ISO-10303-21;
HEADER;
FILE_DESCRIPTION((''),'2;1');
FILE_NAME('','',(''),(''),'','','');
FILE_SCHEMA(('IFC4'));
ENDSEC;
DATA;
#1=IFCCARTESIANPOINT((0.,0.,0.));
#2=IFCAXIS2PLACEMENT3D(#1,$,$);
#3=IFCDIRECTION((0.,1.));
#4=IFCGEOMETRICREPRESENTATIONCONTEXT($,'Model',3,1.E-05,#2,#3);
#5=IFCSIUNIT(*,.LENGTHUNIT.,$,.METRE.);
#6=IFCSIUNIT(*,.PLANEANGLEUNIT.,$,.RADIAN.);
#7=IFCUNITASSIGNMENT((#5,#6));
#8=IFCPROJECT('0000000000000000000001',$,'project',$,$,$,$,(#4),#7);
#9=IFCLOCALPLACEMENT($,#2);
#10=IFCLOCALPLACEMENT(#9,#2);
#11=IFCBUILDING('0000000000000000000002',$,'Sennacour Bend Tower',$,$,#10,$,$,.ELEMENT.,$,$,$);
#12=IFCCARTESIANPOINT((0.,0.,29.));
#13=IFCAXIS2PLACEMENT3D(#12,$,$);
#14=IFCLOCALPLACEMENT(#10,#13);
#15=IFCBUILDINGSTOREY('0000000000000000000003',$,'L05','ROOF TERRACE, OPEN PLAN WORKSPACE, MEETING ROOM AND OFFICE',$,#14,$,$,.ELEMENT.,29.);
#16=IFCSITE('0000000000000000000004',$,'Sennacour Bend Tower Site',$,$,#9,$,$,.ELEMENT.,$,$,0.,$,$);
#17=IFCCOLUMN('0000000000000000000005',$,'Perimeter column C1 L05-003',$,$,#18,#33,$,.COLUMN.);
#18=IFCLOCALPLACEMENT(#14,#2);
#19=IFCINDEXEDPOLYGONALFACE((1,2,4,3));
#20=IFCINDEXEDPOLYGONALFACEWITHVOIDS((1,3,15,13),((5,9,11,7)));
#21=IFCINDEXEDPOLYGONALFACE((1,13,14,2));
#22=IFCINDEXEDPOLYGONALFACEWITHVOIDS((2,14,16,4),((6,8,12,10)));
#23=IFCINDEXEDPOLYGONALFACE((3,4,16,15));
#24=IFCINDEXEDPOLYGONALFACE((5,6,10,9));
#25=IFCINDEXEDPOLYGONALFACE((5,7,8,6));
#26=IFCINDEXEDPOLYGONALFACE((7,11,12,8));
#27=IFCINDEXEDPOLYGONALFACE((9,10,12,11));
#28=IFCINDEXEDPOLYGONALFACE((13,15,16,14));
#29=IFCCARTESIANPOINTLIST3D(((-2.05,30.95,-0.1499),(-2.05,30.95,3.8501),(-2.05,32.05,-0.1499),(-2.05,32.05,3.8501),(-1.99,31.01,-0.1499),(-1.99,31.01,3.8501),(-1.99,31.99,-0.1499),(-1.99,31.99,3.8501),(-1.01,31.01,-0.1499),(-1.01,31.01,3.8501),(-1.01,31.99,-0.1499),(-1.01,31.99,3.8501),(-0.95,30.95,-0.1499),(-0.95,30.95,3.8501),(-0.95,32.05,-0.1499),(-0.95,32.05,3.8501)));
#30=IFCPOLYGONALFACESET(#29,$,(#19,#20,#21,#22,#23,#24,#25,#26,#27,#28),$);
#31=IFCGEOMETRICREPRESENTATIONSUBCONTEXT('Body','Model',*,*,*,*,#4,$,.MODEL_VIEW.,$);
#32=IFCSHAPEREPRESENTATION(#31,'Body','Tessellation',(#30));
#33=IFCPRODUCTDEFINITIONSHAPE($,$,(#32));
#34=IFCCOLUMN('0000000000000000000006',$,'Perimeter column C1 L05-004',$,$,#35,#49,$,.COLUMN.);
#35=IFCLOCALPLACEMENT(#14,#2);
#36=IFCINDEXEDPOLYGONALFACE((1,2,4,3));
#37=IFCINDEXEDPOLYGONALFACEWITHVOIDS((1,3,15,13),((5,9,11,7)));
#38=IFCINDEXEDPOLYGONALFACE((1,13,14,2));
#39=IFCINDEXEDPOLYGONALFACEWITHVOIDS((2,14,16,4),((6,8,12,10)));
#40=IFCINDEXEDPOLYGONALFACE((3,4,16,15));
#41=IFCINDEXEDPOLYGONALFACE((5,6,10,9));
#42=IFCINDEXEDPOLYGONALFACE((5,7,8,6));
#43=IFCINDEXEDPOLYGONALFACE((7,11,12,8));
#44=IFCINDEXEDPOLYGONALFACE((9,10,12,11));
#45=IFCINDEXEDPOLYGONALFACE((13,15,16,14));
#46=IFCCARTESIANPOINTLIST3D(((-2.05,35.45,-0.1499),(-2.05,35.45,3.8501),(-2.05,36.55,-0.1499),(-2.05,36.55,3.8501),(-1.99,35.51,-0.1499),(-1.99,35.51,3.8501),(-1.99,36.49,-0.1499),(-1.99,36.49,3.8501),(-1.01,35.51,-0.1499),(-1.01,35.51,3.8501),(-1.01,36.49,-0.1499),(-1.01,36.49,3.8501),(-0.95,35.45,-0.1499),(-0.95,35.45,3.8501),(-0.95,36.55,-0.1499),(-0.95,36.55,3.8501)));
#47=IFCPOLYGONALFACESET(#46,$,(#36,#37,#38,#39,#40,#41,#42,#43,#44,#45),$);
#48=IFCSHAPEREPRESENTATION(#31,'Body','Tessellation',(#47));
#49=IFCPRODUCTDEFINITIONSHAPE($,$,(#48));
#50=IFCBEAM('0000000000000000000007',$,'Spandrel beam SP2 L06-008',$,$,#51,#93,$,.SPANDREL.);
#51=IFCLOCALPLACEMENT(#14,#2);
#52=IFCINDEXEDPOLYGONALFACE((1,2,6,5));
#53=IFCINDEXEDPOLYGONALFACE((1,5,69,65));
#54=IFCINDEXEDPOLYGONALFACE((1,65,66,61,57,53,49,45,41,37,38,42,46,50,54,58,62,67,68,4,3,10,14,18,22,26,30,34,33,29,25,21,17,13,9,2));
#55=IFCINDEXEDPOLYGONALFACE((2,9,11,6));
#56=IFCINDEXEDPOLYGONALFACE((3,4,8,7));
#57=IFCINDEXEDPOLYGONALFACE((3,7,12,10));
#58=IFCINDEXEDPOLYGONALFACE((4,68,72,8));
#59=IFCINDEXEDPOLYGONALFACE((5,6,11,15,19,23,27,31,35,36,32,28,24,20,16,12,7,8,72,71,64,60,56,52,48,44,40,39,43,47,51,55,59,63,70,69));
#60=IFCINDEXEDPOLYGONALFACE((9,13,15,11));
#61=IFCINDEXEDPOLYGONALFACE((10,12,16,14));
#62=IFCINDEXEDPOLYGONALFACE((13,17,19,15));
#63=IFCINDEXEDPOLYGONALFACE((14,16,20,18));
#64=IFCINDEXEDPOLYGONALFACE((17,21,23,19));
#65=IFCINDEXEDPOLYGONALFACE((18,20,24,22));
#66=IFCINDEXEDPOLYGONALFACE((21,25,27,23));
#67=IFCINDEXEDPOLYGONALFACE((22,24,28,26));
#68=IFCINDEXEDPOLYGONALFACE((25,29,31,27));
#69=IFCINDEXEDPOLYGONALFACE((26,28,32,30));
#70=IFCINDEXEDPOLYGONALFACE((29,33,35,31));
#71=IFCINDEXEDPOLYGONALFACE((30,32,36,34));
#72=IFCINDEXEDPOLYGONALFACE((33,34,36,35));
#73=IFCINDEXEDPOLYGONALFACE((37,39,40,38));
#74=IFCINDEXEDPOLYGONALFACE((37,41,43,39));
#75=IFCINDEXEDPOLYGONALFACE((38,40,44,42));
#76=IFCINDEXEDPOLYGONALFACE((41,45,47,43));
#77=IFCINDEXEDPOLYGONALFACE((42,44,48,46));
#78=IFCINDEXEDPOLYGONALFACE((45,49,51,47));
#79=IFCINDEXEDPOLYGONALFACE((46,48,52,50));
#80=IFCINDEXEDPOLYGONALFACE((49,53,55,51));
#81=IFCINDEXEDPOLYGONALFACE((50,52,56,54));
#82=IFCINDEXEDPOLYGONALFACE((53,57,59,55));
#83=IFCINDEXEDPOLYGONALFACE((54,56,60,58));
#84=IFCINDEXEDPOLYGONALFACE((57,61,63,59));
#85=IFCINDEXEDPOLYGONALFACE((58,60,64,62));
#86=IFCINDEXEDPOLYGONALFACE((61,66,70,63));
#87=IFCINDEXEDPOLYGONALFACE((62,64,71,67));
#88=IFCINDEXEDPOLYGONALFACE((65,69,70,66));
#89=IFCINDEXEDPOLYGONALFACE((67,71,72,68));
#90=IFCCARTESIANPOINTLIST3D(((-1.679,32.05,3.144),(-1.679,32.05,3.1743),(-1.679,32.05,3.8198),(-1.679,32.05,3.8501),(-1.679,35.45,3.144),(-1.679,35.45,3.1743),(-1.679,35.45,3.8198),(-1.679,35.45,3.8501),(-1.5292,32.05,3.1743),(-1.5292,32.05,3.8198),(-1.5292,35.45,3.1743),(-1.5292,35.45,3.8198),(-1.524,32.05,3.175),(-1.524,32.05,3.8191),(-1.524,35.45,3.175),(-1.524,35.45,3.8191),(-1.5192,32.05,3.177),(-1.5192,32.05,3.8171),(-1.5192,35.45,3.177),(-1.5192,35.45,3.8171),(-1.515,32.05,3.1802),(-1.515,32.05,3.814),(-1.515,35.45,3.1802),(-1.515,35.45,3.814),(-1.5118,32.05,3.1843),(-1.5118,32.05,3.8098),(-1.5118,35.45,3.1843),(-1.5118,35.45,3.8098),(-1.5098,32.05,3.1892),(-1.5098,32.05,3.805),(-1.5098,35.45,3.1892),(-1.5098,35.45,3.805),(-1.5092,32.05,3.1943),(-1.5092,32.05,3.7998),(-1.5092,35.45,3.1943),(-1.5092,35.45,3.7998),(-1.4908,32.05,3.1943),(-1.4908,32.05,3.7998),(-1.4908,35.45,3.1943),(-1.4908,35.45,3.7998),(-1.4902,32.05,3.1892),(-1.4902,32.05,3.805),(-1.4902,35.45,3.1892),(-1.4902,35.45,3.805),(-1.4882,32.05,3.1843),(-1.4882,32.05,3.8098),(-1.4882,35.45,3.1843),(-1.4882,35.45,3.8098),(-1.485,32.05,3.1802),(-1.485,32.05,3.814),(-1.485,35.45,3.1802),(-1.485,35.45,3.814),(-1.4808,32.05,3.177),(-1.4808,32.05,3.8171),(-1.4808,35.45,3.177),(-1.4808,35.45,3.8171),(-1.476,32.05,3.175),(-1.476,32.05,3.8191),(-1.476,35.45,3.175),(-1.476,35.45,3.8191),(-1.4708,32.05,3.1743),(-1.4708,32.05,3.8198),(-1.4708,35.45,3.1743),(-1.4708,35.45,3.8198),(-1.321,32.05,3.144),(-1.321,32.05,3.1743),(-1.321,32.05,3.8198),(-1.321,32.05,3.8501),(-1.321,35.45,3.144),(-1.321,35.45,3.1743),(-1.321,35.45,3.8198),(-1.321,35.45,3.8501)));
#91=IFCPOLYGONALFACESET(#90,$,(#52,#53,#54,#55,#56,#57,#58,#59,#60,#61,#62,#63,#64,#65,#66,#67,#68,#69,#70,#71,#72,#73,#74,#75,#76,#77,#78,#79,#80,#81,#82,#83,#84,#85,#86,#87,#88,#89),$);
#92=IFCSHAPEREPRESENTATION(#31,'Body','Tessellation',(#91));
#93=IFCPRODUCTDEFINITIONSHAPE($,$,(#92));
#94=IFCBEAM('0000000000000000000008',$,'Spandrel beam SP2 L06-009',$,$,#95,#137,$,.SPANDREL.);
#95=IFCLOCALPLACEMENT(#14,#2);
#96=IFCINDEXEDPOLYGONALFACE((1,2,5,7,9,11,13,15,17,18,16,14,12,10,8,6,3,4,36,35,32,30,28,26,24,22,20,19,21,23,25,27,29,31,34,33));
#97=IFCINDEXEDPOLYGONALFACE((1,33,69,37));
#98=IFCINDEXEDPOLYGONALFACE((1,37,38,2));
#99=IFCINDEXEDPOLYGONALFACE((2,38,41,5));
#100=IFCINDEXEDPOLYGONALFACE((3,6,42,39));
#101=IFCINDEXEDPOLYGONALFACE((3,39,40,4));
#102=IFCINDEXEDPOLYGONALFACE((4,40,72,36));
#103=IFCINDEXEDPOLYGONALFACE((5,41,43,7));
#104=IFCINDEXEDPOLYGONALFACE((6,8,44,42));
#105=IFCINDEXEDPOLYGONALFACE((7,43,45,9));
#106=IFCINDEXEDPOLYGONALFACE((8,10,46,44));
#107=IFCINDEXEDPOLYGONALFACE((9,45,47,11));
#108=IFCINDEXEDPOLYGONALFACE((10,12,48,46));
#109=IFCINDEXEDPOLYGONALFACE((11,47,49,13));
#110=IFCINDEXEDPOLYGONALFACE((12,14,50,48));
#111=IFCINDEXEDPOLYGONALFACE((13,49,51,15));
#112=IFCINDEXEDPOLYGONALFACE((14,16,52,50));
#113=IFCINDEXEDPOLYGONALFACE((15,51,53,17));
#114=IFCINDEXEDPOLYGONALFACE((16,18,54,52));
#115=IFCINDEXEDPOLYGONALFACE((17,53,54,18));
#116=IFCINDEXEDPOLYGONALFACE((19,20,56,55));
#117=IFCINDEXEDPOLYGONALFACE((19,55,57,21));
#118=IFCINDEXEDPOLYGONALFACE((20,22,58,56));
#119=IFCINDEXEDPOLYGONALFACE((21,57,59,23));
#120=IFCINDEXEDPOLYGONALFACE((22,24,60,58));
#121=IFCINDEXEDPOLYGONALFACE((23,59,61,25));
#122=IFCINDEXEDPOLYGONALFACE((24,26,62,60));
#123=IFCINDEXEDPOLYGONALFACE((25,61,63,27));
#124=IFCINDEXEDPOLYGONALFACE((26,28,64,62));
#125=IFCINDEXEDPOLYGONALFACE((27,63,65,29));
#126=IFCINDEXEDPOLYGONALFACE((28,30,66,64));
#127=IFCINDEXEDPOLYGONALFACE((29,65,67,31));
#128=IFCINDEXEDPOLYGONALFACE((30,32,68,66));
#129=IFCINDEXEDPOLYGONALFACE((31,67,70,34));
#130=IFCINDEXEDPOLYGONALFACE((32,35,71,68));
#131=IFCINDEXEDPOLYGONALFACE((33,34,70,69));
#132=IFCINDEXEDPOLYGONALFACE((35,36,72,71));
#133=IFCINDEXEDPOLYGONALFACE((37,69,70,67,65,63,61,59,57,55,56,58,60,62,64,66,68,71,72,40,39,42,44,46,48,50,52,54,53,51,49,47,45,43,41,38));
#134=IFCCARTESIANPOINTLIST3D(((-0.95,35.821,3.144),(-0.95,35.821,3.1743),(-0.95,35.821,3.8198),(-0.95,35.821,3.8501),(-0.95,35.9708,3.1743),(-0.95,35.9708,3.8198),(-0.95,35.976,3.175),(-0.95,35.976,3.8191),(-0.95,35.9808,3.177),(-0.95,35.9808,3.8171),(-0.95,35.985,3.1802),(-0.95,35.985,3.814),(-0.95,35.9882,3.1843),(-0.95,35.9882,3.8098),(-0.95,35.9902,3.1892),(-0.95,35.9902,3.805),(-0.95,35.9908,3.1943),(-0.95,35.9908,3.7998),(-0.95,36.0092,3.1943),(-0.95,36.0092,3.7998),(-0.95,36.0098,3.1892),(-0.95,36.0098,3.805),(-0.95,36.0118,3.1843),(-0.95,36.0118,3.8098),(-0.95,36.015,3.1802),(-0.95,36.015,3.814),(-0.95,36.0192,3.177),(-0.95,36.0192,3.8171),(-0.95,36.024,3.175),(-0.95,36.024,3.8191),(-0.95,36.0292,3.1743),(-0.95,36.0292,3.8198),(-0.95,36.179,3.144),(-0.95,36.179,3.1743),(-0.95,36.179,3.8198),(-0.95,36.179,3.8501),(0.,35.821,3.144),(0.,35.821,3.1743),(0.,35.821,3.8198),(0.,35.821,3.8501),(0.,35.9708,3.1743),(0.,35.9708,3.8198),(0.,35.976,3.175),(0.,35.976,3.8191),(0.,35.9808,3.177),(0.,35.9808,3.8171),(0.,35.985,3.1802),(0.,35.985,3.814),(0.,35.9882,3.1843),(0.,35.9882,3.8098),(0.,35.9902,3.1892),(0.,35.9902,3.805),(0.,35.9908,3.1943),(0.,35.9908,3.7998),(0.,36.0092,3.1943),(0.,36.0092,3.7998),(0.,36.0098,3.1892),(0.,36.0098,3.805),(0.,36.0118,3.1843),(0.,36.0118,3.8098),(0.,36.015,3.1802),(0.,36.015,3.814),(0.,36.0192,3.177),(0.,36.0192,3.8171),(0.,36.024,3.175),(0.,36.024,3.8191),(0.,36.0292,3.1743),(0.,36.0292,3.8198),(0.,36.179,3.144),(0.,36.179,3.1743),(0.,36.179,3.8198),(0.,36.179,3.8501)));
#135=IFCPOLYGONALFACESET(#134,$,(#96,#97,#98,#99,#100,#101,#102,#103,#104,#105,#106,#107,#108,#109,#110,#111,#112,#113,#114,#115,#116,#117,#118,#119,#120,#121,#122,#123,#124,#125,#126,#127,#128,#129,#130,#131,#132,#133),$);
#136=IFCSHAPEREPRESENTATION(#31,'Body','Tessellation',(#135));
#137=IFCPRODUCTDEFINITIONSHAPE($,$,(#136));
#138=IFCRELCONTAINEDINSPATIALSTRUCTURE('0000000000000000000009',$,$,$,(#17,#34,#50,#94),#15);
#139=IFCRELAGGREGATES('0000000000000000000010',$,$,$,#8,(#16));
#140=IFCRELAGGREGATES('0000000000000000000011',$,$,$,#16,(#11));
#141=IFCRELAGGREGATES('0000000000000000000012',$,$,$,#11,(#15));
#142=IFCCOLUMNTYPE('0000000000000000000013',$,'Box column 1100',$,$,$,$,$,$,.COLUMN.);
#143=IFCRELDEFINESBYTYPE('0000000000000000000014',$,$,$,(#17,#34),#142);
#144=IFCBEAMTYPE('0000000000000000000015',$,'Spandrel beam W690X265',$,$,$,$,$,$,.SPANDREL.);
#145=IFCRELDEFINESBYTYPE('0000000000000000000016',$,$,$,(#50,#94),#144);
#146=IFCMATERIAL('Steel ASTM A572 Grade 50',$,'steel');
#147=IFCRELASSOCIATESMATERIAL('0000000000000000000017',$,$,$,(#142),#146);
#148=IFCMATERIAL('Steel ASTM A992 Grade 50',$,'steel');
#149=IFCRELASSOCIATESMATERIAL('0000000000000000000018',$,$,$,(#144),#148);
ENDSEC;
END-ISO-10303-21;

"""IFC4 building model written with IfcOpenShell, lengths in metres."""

from ifc_helpers import new_model, si_unit, direction, frame, origin, origin_2d, place, context, subcontext, project, spatial, hollow_rectangle, i_section, extrude, material, material_profile, profile_set, type_object, element, save


model = new_model("IFC4")

# Units and contexts
model_context = context("Model", 3, precision=1e-05, world=origin(), true_north=direction((0.0, 1.0)))
body_context = subcontext(model_context, "Body", "Model", "MODEL_VIEW")
ifc_project = project(units=[si_unit("LENGTHUNIT", "METRE"), si_unit("PLANEANGLEUNIT", "RADIAN")], contexts=[model_context])

# Site, building, storey
site_placement = place(None, origin())
site = spatial("IfcSite", under=ifc_project, at=site_placement, Name="Sennacour Bend Tower Site", CompositionType="ELEMENT", RefElevation=0.0)
building_placement = place(site_placement, origin())
building = spatial("IfcBuilding", under=site, at=building_placement, Name="Sennacour Bend Tower", CompositionType="ELEMENT")
storey_placement = place(building_placement, frame((0.0, 0.0, 29.0)))
storey = spatial("IfcBuildingStorey", under=building, at=storey_placement, Name="L05", Description="ROOF TERRACE, OPEN PLAN WORKSPACE, MEETING ROOM AND OFFICE", CompositionType="ELEMENT", Elevation=29.0)

# Columns
ifc_material_1 = material(Name="Steel ASTM A572 Grade 50", Category="steel")
ifc_material_profile_1 = material_profile(ifc_material_1, hollow_rectangle(XDim=1.1001, YDim=1.1001, WallThickness=0.0601, at=origin_2d()), Name="Steel ASTM A572 Grade 50", Category="steel")
ifc_profile_set_1 = profile_set([ifc_material_profile_1], Name="Steel ASTM A572 Grade 50")
column_type = type_object("IfcColumnType", Name="Box column 1100", PredefinedType="COLUMN", material=ifc_profile_set_1)
for number, where, z_axis, x_axis, name in (
    (1, (-1.5, 31.5, -0.1499), (0.0, 0.0, 1.0), (1.0, 0.0, 0.0), "Perimeter column C1 L05-003"),
    (2, (-1.5, 36.0, -0.1499), (0.0, 0.0, 1.0), (1.0, 0.0, 0.0), "Perimeter column C1 L05-004"),
):
    element("IfcColumn", number, at=place(storey_placement, frame(where, z_axis=z_axis, x_axis=x_axis)), inside=storey, type_object=column_type, Name=name, PredefinedType="COLUMN", context=body_context, shape_type="SweptSolid", body=[
        extrude(hollow_rectangle(XDim=1.1001, YDim=1.1001, WallThickness=0.0601, at=origin_2d()), origin(), (0.0, 0.0, 1.0), 4.0),
    ])

# Beams
ifc_material_2 = material(Name="Steel ASTM A992 Grade 50", Category="steel")
ifc_material_profile_2 = material_profile(ifc_material_2, i_section(OverallWidth=0.3579, OverallDepth=0.7061, WebThickness=0.0183, FlangeThickness=0.0303, FilletRadius=0.02, at=origin_2d()), Name="Steel ASTM A992 Grade 50", Category="steel")
ifc_profile_set_2 = profile_set([ifc_material_profile_2], Name="Steel ASTM A992 Grade 50")
beam_type = type_object("IfcBeamType", Name="Spandrel beam W690X265", PredefinedType="SPANDREL", material=ifc_profile_set_2)
beam_1_placement = place(storey_placement, frame((-1.5, 32.05, 3.4971), z_axis=(0.0, 1.0, 0.0), x_axis=(-1.0, 0.0, 0.0)))
element("IfcBeam", 3, at=beam_1_placement, inside=storey, type_object=beam_type, Name="Spandrel beam SP2 L06-008", PredefinedType="SPANDREL", context=body_context, shape_type="SweptSolid", body=[
    extrude(i_section(OverallWidth=0.3579, OverallDepth=0.7061, WebThickness=0.0183, FlangeThickness=0.0303, FilletRadius=0.02, at=origin_2d()), origin(), (0.0, 0.0, 1.0), 3.3999),
])
beam_2_placement = place(storey_placement, frame((-0.95, 36.0, 3.4971), z_axis=(1.0, 0.0, 0.0), x_axis=(0.0, 1.0, 0.0)))
element("IfcBeam", 4, at=beam_2_placement, inside=storey, type_object=beam_type, Name="Spandrel beam SP2 L06-009", PredefinedType="SPANDREL", context=body_context, shape_type="SweptSolid", body=[
    extrude(i_section(OverallWidth=0.3579, OverallDepth=0.7061, WebThickness=0.0183, FlangeThickness=0.0303, FilletRadius=0.02, at=origin_2d()), origin(), (0.0, 0.0, 1.0), 0.95),
])

save(model, "model.ifc")
